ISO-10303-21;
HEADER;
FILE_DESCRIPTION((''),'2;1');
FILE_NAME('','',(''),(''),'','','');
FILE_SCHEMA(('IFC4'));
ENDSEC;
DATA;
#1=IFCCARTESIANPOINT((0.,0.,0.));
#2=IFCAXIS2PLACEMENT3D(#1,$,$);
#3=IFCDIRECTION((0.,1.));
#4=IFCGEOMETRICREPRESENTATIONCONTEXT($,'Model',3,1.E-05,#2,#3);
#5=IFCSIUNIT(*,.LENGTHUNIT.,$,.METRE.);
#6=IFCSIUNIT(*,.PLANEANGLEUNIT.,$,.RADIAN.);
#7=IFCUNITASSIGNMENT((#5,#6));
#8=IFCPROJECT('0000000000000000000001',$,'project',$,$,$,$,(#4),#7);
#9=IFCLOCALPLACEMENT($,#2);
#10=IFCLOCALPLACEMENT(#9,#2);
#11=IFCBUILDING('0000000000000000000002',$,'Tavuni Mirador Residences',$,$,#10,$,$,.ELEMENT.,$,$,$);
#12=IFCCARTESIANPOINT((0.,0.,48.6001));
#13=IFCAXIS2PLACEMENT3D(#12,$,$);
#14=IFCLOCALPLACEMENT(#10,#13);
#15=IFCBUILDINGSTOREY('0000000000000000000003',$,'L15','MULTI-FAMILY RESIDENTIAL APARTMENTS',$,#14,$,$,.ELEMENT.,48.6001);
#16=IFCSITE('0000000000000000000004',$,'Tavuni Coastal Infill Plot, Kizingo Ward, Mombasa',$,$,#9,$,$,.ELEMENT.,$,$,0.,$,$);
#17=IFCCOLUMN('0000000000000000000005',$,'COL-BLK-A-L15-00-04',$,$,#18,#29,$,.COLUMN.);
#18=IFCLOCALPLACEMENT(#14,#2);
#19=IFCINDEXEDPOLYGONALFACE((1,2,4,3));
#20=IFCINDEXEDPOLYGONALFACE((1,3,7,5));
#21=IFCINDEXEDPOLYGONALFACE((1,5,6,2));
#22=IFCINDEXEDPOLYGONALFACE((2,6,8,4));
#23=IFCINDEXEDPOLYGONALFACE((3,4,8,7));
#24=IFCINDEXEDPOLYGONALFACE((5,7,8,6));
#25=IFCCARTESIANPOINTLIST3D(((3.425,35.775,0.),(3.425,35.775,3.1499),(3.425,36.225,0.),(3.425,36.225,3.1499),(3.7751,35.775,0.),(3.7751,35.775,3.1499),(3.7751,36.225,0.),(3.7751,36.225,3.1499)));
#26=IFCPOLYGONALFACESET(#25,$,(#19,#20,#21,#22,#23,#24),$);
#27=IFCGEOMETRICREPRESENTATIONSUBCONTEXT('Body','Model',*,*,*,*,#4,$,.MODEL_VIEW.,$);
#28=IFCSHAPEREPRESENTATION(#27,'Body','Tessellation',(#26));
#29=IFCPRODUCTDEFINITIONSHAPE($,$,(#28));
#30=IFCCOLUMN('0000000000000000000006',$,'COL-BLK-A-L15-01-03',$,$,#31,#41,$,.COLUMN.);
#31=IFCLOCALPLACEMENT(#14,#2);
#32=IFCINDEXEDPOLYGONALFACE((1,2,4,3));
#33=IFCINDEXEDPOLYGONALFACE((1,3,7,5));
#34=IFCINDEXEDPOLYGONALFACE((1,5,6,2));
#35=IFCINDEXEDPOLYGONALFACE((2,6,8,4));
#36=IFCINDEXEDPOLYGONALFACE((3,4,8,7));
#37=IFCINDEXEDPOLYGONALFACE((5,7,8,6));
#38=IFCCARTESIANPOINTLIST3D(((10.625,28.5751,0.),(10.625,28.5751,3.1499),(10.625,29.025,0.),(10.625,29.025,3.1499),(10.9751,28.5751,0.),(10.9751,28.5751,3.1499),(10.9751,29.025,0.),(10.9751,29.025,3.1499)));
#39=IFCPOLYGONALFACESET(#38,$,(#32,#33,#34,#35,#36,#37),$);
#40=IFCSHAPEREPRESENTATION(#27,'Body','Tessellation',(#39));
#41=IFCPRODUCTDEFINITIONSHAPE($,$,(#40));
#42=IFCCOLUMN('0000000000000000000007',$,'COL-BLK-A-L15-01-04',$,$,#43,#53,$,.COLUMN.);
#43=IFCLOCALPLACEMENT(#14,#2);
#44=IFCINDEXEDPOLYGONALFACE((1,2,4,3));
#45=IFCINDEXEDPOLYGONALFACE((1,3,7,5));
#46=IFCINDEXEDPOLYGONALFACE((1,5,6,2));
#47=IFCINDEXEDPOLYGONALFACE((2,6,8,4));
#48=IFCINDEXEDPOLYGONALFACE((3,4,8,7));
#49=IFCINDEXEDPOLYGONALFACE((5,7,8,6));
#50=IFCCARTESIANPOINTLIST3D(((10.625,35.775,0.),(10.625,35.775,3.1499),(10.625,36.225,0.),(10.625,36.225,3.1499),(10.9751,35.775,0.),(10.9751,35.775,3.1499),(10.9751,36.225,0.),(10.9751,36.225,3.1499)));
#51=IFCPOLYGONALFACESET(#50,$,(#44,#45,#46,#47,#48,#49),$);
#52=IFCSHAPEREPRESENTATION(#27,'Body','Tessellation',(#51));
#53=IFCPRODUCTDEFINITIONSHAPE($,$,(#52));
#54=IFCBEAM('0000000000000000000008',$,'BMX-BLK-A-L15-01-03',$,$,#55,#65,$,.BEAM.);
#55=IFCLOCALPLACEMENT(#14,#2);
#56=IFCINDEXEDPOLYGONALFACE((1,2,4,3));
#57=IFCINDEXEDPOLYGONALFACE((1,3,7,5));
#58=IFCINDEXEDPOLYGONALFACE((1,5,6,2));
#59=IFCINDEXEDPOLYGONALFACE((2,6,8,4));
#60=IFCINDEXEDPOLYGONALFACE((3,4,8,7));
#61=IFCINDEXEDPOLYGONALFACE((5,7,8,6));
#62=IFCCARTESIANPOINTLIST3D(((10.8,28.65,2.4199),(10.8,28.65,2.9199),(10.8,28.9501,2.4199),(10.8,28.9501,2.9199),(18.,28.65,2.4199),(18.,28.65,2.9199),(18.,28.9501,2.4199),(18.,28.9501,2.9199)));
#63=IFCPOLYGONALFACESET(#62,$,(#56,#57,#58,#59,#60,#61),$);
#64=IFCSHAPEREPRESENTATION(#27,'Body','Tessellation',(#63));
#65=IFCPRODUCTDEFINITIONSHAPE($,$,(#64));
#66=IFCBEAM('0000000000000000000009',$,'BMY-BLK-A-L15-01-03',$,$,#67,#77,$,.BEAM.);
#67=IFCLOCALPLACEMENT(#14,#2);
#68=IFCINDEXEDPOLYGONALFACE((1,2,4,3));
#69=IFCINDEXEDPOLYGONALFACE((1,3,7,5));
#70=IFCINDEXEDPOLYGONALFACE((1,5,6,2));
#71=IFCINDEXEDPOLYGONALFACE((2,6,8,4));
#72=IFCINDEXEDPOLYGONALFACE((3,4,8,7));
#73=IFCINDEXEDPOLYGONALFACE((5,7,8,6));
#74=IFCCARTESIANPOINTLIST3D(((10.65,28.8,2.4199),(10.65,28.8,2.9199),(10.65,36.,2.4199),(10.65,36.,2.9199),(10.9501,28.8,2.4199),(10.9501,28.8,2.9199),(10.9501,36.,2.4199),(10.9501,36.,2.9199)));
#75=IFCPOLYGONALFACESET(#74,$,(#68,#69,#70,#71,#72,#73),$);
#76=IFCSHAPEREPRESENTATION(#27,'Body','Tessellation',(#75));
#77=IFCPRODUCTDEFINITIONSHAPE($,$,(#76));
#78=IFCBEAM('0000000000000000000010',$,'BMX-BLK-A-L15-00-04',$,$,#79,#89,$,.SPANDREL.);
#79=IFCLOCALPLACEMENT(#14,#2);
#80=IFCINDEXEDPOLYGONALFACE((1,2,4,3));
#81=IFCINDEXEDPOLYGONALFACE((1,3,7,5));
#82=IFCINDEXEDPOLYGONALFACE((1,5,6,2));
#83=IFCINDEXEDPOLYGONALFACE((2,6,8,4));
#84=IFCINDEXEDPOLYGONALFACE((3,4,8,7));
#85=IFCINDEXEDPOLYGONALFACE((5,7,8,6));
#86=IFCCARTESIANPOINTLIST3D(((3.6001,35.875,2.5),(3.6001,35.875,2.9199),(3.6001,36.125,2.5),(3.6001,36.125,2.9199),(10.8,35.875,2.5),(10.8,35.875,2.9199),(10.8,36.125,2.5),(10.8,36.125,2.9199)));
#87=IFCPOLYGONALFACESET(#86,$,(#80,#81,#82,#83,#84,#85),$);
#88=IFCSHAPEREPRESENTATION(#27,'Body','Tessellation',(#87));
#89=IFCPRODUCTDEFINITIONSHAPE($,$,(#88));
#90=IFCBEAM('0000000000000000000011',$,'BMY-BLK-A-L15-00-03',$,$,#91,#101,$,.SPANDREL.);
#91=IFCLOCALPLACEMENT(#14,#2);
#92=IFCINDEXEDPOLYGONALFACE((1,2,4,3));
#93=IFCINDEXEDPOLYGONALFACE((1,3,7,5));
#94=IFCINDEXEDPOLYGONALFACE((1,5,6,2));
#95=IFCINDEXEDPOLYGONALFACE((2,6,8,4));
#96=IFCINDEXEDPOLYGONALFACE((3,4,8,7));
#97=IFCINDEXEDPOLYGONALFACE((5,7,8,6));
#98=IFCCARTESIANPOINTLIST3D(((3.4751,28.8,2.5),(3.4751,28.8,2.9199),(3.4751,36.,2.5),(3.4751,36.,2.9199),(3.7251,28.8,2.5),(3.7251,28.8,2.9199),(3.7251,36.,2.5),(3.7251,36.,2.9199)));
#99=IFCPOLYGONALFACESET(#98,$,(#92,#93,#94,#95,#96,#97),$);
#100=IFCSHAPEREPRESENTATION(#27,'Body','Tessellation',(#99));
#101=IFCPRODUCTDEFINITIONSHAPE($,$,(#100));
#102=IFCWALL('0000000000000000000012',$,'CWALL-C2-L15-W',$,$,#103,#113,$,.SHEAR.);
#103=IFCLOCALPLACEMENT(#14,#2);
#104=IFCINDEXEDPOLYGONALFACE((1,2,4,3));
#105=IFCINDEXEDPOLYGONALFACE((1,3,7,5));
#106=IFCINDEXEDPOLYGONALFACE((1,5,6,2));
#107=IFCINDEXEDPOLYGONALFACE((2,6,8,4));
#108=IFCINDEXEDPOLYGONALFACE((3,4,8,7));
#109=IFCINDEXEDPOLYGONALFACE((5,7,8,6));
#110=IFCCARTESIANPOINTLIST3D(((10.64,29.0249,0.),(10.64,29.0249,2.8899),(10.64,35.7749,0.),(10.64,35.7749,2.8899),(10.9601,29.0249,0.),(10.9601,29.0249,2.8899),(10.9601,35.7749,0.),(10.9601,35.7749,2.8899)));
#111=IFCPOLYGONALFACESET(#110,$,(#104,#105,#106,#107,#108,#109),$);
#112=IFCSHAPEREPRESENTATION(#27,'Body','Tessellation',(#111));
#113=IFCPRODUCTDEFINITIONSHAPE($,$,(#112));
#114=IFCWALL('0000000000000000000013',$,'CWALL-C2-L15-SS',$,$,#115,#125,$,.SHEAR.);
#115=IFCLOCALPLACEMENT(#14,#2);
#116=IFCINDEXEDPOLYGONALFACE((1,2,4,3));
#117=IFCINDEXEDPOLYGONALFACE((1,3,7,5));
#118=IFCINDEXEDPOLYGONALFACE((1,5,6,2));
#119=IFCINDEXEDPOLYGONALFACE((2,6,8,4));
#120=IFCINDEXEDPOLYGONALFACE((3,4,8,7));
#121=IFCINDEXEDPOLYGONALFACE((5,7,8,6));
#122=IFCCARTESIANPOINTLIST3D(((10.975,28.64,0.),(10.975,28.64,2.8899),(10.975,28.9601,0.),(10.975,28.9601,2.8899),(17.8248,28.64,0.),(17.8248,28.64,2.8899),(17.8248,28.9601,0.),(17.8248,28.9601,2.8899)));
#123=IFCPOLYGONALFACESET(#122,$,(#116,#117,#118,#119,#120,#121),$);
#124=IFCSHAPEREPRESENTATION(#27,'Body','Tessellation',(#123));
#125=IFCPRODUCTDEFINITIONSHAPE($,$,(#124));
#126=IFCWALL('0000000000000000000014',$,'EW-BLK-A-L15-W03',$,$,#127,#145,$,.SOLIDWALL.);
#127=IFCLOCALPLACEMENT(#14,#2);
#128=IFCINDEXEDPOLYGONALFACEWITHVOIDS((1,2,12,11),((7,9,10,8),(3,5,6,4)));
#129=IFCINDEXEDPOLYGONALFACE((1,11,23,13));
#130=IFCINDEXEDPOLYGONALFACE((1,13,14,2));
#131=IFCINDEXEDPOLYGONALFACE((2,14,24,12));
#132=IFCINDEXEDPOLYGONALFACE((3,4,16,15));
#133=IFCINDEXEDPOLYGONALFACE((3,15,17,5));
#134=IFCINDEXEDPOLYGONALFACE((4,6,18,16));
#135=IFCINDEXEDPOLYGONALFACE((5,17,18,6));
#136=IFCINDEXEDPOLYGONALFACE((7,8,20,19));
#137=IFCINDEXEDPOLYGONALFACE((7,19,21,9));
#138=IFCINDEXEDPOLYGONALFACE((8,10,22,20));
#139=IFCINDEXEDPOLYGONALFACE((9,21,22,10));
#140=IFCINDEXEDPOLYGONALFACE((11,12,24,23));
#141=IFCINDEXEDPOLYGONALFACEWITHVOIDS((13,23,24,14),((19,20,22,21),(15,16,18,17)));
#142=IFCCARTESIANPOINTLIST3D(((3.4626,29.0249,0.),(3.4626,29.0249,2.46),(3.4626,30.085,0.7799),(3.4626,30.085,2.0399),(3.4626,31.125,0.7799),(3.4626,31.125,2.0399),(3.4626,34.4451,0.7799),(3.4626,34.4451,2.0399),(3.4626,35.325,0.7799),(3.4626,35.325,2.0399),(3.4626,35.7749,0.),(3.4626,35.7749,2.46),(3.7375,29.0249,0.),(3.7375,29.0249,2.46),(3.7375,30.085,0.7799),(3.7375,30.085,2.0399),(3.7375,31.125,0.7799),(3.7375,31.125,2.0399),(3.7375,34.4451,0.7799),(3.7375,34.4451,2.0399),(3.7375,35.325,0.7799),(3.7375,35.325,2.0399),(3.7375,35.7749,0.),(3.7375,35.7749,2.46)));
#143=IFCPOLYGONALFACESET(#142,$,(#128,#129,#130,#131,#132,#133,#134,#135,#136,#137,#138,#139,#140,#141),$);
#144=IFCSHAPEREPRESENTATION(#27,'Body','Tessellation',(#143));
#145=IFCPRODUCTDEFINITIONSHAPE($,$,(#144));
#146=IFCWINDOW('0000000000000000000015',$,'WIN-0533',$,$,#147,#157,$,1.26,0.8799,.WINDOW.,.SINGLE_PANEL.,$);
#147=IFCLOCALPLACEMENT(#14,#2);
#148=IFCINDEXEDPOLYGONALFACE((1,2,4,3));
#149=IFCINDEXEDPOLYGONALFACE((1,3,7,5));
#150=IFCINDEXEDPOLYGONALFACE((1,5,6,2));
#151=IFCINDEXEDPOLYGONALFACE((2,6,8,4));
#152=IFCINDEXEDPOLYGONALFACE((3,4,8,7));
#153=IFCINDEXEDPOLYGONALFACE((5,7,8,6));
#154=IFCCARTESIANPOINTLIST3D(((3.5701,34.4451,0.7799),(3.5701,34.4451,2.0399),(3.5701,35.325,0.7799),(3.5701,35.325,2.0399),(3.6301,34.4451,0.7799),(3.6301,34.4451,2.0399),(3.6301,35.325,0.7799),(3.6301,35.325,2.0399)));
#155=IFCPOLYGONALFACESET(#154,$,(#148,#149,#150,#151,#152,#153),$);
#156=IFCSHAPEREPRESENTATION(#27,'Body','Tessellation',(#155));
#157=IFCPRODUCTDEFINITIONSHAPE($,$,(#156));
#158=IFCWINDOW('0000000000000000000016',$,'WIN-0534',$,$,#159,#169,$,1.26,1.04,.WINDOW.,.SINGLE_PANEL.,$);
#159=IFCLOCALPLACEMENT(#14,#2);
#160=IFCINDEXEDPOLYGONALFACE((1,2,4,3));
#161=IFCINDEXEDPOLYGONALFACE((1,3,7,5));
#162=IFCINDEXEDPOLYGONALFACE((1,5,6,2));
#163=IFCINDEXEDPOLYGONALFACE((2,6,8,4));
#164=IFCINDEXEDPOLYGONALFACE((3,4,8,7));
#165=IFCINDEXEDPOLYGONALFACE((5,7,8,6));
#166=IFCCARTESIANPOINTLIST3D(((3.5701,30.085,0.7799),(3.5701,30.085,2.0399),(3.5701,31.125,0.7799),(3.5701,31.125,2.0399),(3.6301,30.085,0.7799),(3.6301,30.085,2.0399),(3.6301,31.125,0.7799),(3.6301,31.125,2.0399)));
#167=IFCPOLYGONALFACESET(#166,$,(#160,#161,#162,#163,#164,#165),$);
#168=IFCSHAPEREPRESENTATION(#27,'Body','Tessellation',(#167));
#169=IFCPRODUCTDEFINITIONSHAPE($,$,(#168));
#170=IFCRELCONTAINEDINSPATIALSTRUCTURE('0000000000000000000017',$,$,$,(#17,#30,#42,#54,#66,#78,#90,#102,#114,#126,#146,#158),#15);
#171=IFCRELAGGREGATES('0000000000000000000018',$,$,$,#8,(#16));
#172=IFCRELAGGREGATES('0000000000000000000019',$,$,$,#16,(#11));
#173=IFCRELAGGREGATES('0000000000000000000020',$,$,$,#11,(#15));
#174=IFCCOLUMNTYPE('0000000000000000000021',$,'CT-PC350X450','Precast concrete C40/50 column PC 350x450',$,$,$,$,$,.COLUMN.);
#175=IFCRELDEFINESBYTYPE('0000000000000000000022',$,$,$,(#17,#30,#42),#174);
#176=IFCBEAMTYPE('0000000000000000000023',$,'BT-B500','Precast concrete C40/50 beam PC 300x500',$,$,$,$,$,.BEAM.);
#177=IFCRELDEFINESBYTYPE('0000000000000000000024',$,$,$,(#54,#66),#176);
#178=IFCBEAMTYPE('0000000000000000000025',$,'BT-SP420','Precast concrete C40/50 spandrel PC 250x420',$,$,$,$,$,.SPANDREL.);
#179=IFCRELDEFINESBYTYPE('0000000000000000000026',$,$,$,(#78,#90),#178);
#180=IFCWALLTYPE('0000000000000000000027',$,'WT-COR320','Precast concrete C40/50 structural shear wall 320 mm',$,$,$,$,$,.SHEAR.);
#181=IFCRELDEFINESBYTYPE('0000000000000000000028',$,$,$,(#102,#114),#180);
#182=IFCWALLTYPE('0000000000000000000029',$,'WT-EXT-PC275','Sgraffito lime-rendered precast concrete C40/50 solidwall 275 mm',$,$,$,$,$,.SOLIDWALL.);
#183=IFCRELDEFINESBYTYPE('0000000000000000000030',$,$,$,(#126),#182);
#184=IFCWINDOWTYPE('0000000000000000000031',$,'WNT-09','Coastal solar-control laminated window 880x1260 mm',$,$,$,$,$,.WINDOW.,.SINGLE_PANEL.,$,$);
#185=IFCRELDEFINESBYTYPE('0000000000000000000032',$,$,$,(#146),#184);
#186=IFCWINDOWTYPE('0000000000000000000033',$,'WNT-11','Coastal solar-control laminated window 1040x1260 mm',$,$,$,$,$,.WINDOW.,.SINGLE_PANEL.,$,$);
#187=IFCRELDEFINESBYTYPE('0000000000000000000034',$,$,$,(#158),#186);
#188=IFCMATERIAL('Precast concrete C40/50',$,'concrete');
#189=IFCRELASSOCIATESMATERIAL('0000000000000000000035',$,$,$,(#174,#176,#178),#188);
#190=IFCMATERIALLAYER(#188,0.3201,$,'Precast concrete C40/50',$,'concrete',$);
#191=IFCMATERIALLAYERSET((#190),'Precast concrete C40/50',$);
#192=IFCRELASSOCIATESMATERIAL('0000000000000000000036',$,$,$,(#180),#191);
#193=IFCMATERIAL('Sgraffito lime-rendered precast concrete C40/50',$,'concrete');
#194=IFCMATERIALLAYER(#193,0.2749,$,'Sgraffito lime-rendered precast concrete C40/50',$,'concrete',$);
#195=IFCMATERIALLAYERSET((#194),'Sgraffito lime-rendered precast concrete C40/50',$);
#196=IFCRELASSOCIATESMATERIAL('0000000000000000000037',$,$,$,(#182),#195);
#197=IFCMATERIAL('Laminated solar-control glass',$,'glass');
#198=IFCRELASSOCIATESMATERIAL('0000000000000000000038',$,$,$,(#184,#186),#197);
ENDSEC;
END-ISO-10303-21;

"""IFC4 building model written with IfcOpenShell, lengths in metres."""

from ifc_helpers import new_model, si_unit, direction, frame, frame_2d, origin, origin_2d, place, context, subcontext, project, spatial, rectangle, extrude, material, layer, layer_set, material_profile, profile_set, type_object, element, fill, save


model = new_model("IFC4")

# Units and contexts
model_context = context("Model", 3, precision=1e-05, world=origin(), true_north=direction((0.0, 1.0)))
body_context = subcontext(model_context, "Body", "Model", "MODEL_VIEW")
ifc_project = project(units=[si_unit("LENGTHUNIT", "METRE"), si_unit("PLANEANGLEUNIT", "RADIAN")], contexts=[model_context])

# Site, building, storey
site_placement = place(None, origin())
site = spatial("IfcSite", under=ifc_project, at=site_placement, Name="Tavuni Coastal Infill Plot, Kizingo Ward, Mombasa", CompositionType="ELEMENT", RefElevation=0.0)
building_placement = place(site_placement, origin())
building = spatial("IfcBuilding", under=site, at=building_placement, Name="Tavuni Mirador Residences", CompositionType="ELEMENT")
storey_placement = place(building_placement, frame((0.0, 0.0, 48.6001)))
storey = spatial("IfcBuildingStorey", under=building, at=storey_placement, Name="L15", Description="MULTI-FAMILY RESIDENTIAL APARTMENTS", CompositionType="ELEMENT", Elevation=48.6001)

# Columns
ifc_material_1 = material(Name="Precast concrete C40/50", Category="concrete")
ifc_material_profile_1 = material_profile(ifc_material_1, rectangle(XDim=0.3501, YDim=0.45, at=origin_2d()), Name="PC 350x450", Category="concrete")
ifc_profile_set_1 = profile_set([ifc_material_profile_1], Name="Precast concrete C40/50")
column_type = type_object("IfcColumnType", Name="CT-PC350X450", Description="Precast concrete C40/50 column PC 350x450", PredefinedType="COLUMN", material=ifc_profile_set_1)
for number, where, z_axis, x_axis, name in (
    (1, (3.6001, 36.0, 0.0), (0.0, 0.0, 1.0), (1.0, 0.0, 0.0), "COL-BLK-A-L15-00-04"),
    (2, (10.8, 28.8, 0.0), (0.0, 0.0, 1.0), (1.0, 0.0, 0.0), "COL-BLK-A-L15-01-03"),
    (3, (10.8, 36.0, 0.0), (0.0, 0.0, 1.0), (1.0, 0.0, 0.0), "COL-BLK-A-L15-01-04"),
):
    element("IfcColumn", number, at=place(storey_placement, frame(where, z_axis=z_axis, x_axis=x_axis)), inside=storey, type_object=column_type, Name=name, PredefinedType="COLUMN", context=body_context, shape_type="SweptSolid", body=[
        extrude(rectangle(XDim=0.3501, YDim=0.45, at=origin_2d()), origin(), (0.0, 0.0, 1.0), 3.1499),
    ])

# Beams
ifc_material_profile_2 = material_profile(ifc_material_1, rectangle(XDim=0.3, YDim=0.5, at=origin_2d()), Name="PC 300x500", Category="concrete")
ifc_profile_set_2 = profile_set([ifc_material_profile_2], Name="Precast concrete C40/50")
beam_type_1 = type_object("IfcBeamType", Name="BT-B500", Description="Precast concrete C40/50 beam PC 300x500", PredefinedType="BEAM", material=ifc_profile_set_2)
for number, where, z_axis, x_axis, name in (
    (4, (10.8, 28.8, 2.6699), (1.0, 0.0, 0.0), (0.0, 1.0, 0.0), "BMX-BLK-A-L15-01-03"),
    (5, (10.8, 28.8, 2.6699), (0.0, 1.0, 0.0), (-1.0, 0.0, 0.0), "BMY-BLK-A-L15-01-03"),
):
    element("IfcBeam", number, at=place(storey_placement, frame(where, z_axis=z_axis, x_axis=x_axis)), inside=storey, type_object=beam_type_1, Name=name, PredefinedType="BEAM", context=body_context, shape_type="SweptSolid", body=[
        extrude(rectangle(XDim=0.3, YDim=0.5, at=origin_2d()), origin(), (0.0, 0.0, 1.0), 7.2),
    ])
ifc_material_profile_3 = material_profile(ifc_material_1, rectangle(XDim=0.25, YDim=0.4199, at=origin_2d()), Name="PC 250x420", Category="concrete")
ifc_profile_set_3 = profile_set([ifc_material_profile_3], Name="Precast concrete C40/50")
beam_type_2 = type_object("IfcBeamType", Name="BT-SP420", Description="Precast concrete C40/50 spandrel PC 250x420", PredefinedType="SPANDREL", material=ifc_profile_set_3)
for number, where, z_axis, x_axis, name in (
    (6, (3.6001, 36.0, 2.71), (1.0, 0.0, 0.0), (0.0, 1.0, 0.0), "BMX-BLK-A-L15-00-04"),
    (7, (3.6001, 28.8, 2.71), (0.0, 1.0, 0.0), (-1.0, 0.0, 0.0), "BMY-BLK-A-L15-00-03"),
):
    element("IfcBeam", number, at=place(storey_placement, frame(where, z_axis=z_axis, x_axis=x_axis)), inside=storey, type_object=beam_type_2, Name=name, PredefinedType="SPANDREL", context=body_context, shape_type="SweptSolid", body=[
        extrude(rectangle(XDim=0.25, YDim=0.4199, at=origin_2d()), origin(), (0.0, 0.0, 1.0), 7.2),
    ])

# Walls
ifc_layer_1 = layer(ifc_material_1, 0.3201, Name="Precast concrete C40/50", Category="concrete")
ifc_layer_set_1 = layer_set([ifc_layer_1], Name="Precast concrete C40/50")
wall_type_1 = type_object("IfcWallType", Name="WT-COR320", Description="Precast concrete C40/50 structural shear wall 320 mm", PredefinedType="SHEAR", material=ifc_layer_set_1)
wall_1_placement = place(storey_placement, frame((10.8, 29.0249, 0.0), z_axis=(0.0, 0.0, 1.0), x_axis=(0.0, 1.0, 0.0)))
element("IfcWall", 8, at=wall_1_placement, inside=storey, type_object=wall_type_1, Name="CWALL-C2-L15-W", PredefinedType="SHEAR", context=body_context, shape_type="SweptSolid", body=[
    extrude(rectangle(XDim=6.75, YDim=0.3201, at=frame_2d((3.375, 0.0))), origin(), (0.0, 0.0, 1.0), 2.8899),
])
wall_2_placement = place(storey_placement, frame((10.9751, 28.8, 0.0), z_axis=(0.0, 0.0, 1.0), x_axis=(1.0, 0.0, 0.0)))
element("IfcWall", 9, at=wall_2_placement, inside=storey, type_object=wall_type_1, Name="CWALL-C2-L15-SS", PredefinedType="SHEAR", context=body_context, shape_type="SweptSolid", body=[
    extrude(rectangle(XDim=6.8499, YDim=0.3201, at=frame_2d((3.4248, 0.0))), origin(), (0.0, 0.0, 1.0), 2.8899),
])

# Wall, openings, windows
ifc_material_2 = material(Name="Sgraffito lime-rendered precast concrete C40/50", Category="concrete")
ifc_layer_2 = layer(ifc_material_2, 0.2749, Name="Sgraffito lime-rendered precast concrete C40/50", Category="concrete")
ifc_layer_set_2 = layer_set([ifc_layer_2], Name="Sgraffito lime-rendered precast concrete C40/50")
wall_type_2 = type_object("IfcWallType", Name="WT-EXT-PC275", Description="Sgraffito lime-rendered precast concrete C40/50 solidwall 275 mm", PredefinedType="SOLIDWALL", material=ifc_layer_set_2)
wall_3_placement = place(storey_placement, frame((3.6001, 35.7749, 0.0), z_axis=(0.0, 0.0, 1.0), x_axis=(0.0, -1.0, 0.0)))
wall_3 = element("IfcWall", 10, at=wall_3_placement, inside=storey, type_object=wall_type_2, Name="EW-BLK-A-L15-W03", PredefinedType="SOLIDWALL", context=body_context, shape_type="SweptSolid", body=[
    extrude(rectangle(XDim=6.75, YDim=0.2749, at=frame_2d((3.375, 0.0))), origin(), (0.0, 0.0, 1.0), 2.46),
])
opening_1_placement = place(wall_3_placement, frame((0.45, 0.0, 0.78)))
opening_1 = element("IfcOpeningElement", 11, at=opening_1_placement, cuts=wall_3, PredefinedType="OPENING", context=body_context, shape_type="SweptSolid", body=[
    extrude(rectangle(XDim=0.8799, YDim=1.26, at=frame_2d((0.4399, 0.6299))), frame((0.0, 0.1475, 0.0), z_axis=(0.0, -1.0, 0.0), x_axis=(1.0, 0.0, 0.0)), (0.0, 0.0, 1.0), 0.2949),
])
opening_2_placement = place(wall_3_placement, frame((4.6499, 0.0, 0.78)))
opening_2 = element("IfcOpeningElement", 12, at=opening_2_placement, cuts=wall_3, PredefinedType="OPENING", context=body_context, shape_type="SweptSolid", body=[
    extrude(rectangle(XDim=1.04, YDim=1.26, at=frame_2d((0.52, 0.6299))), frame((0.0, 0.1475, 0.0), z_axis=(0.0, -1.0, 0.0), x_axis=(1.0, 0.0, 0.0)), (0.0, 0.0, 1.0), 0.2949),
])
ifc_material_3 = material(Name="Laminated solar-control glass", Category="glass")
window_type_1 = type_object("IfcWindowType", Name="WNT-09", Description="Coastal solar-control laminated window 880x1260 mm", PartitioningType="SINGLE_PANEL", PredefinedType="WINDOW", material=ifc_material_3)
window_1_placement = place(opening_1_placement, origin())
window_1 = element("IfcWindow", 13, at=window_1_placement, inside=storey, type_object=window_type_1, Name="WIN-0533", OverallHeight=1.26, OverallWidth=0.8799, PartitioningType="SINGLE_PANEL", PredefinedType="WINDOW", context=body_context, shape_type="SweptSolid", body=[
    extrude(rectangle(XDim=0.8799, YDim=1.26, at=frame_2d((0.4399, 0.6299))), frame((0.0, 0.03, 0.0), z_axis=(0.0, -1.0, 0.0), x_axis=(1.0, 0.0, 0.0)), (0.0, 0.0, 1.0), 0.0601),
])
fill(opening_1, window_1)
window_type_2 = type_object("IfcWindowType", Name="WNT-11", Description="Coastal solar-control laminated window 1040x1260 mm", PartitioningType="SINGLE_PANEL", PredefinedType="WINDOW", material=ifc_material_3)
window_2_placement = place(opening_2_placement, origin())
window_2 = element("IfcWindow", 14, at=window_2_placement, inside=storey, type_object=window_type_2, Name="WIN-0534", OverallHeight=1.26, OverallWidth=1.04, PartitioningType="SINGLE_PANEL", PredefinedType="WINDOW", context=body_context, shape_type="SweptSolid", body=[
    extrude(rectangle(XDim=1.04, YDim=1.26, at=frame_2d((0.52, 0.6299))), frame((0.0, 0.03, 0.0), z_axis=(0.0, -1.0, 0.0), x_axis=(1.0, 0.0, 0.0)), (0.0, 0.0, 1.0), 0.0601),
])
fill(opening_2, window_2)

save(model, "model.ifc")
